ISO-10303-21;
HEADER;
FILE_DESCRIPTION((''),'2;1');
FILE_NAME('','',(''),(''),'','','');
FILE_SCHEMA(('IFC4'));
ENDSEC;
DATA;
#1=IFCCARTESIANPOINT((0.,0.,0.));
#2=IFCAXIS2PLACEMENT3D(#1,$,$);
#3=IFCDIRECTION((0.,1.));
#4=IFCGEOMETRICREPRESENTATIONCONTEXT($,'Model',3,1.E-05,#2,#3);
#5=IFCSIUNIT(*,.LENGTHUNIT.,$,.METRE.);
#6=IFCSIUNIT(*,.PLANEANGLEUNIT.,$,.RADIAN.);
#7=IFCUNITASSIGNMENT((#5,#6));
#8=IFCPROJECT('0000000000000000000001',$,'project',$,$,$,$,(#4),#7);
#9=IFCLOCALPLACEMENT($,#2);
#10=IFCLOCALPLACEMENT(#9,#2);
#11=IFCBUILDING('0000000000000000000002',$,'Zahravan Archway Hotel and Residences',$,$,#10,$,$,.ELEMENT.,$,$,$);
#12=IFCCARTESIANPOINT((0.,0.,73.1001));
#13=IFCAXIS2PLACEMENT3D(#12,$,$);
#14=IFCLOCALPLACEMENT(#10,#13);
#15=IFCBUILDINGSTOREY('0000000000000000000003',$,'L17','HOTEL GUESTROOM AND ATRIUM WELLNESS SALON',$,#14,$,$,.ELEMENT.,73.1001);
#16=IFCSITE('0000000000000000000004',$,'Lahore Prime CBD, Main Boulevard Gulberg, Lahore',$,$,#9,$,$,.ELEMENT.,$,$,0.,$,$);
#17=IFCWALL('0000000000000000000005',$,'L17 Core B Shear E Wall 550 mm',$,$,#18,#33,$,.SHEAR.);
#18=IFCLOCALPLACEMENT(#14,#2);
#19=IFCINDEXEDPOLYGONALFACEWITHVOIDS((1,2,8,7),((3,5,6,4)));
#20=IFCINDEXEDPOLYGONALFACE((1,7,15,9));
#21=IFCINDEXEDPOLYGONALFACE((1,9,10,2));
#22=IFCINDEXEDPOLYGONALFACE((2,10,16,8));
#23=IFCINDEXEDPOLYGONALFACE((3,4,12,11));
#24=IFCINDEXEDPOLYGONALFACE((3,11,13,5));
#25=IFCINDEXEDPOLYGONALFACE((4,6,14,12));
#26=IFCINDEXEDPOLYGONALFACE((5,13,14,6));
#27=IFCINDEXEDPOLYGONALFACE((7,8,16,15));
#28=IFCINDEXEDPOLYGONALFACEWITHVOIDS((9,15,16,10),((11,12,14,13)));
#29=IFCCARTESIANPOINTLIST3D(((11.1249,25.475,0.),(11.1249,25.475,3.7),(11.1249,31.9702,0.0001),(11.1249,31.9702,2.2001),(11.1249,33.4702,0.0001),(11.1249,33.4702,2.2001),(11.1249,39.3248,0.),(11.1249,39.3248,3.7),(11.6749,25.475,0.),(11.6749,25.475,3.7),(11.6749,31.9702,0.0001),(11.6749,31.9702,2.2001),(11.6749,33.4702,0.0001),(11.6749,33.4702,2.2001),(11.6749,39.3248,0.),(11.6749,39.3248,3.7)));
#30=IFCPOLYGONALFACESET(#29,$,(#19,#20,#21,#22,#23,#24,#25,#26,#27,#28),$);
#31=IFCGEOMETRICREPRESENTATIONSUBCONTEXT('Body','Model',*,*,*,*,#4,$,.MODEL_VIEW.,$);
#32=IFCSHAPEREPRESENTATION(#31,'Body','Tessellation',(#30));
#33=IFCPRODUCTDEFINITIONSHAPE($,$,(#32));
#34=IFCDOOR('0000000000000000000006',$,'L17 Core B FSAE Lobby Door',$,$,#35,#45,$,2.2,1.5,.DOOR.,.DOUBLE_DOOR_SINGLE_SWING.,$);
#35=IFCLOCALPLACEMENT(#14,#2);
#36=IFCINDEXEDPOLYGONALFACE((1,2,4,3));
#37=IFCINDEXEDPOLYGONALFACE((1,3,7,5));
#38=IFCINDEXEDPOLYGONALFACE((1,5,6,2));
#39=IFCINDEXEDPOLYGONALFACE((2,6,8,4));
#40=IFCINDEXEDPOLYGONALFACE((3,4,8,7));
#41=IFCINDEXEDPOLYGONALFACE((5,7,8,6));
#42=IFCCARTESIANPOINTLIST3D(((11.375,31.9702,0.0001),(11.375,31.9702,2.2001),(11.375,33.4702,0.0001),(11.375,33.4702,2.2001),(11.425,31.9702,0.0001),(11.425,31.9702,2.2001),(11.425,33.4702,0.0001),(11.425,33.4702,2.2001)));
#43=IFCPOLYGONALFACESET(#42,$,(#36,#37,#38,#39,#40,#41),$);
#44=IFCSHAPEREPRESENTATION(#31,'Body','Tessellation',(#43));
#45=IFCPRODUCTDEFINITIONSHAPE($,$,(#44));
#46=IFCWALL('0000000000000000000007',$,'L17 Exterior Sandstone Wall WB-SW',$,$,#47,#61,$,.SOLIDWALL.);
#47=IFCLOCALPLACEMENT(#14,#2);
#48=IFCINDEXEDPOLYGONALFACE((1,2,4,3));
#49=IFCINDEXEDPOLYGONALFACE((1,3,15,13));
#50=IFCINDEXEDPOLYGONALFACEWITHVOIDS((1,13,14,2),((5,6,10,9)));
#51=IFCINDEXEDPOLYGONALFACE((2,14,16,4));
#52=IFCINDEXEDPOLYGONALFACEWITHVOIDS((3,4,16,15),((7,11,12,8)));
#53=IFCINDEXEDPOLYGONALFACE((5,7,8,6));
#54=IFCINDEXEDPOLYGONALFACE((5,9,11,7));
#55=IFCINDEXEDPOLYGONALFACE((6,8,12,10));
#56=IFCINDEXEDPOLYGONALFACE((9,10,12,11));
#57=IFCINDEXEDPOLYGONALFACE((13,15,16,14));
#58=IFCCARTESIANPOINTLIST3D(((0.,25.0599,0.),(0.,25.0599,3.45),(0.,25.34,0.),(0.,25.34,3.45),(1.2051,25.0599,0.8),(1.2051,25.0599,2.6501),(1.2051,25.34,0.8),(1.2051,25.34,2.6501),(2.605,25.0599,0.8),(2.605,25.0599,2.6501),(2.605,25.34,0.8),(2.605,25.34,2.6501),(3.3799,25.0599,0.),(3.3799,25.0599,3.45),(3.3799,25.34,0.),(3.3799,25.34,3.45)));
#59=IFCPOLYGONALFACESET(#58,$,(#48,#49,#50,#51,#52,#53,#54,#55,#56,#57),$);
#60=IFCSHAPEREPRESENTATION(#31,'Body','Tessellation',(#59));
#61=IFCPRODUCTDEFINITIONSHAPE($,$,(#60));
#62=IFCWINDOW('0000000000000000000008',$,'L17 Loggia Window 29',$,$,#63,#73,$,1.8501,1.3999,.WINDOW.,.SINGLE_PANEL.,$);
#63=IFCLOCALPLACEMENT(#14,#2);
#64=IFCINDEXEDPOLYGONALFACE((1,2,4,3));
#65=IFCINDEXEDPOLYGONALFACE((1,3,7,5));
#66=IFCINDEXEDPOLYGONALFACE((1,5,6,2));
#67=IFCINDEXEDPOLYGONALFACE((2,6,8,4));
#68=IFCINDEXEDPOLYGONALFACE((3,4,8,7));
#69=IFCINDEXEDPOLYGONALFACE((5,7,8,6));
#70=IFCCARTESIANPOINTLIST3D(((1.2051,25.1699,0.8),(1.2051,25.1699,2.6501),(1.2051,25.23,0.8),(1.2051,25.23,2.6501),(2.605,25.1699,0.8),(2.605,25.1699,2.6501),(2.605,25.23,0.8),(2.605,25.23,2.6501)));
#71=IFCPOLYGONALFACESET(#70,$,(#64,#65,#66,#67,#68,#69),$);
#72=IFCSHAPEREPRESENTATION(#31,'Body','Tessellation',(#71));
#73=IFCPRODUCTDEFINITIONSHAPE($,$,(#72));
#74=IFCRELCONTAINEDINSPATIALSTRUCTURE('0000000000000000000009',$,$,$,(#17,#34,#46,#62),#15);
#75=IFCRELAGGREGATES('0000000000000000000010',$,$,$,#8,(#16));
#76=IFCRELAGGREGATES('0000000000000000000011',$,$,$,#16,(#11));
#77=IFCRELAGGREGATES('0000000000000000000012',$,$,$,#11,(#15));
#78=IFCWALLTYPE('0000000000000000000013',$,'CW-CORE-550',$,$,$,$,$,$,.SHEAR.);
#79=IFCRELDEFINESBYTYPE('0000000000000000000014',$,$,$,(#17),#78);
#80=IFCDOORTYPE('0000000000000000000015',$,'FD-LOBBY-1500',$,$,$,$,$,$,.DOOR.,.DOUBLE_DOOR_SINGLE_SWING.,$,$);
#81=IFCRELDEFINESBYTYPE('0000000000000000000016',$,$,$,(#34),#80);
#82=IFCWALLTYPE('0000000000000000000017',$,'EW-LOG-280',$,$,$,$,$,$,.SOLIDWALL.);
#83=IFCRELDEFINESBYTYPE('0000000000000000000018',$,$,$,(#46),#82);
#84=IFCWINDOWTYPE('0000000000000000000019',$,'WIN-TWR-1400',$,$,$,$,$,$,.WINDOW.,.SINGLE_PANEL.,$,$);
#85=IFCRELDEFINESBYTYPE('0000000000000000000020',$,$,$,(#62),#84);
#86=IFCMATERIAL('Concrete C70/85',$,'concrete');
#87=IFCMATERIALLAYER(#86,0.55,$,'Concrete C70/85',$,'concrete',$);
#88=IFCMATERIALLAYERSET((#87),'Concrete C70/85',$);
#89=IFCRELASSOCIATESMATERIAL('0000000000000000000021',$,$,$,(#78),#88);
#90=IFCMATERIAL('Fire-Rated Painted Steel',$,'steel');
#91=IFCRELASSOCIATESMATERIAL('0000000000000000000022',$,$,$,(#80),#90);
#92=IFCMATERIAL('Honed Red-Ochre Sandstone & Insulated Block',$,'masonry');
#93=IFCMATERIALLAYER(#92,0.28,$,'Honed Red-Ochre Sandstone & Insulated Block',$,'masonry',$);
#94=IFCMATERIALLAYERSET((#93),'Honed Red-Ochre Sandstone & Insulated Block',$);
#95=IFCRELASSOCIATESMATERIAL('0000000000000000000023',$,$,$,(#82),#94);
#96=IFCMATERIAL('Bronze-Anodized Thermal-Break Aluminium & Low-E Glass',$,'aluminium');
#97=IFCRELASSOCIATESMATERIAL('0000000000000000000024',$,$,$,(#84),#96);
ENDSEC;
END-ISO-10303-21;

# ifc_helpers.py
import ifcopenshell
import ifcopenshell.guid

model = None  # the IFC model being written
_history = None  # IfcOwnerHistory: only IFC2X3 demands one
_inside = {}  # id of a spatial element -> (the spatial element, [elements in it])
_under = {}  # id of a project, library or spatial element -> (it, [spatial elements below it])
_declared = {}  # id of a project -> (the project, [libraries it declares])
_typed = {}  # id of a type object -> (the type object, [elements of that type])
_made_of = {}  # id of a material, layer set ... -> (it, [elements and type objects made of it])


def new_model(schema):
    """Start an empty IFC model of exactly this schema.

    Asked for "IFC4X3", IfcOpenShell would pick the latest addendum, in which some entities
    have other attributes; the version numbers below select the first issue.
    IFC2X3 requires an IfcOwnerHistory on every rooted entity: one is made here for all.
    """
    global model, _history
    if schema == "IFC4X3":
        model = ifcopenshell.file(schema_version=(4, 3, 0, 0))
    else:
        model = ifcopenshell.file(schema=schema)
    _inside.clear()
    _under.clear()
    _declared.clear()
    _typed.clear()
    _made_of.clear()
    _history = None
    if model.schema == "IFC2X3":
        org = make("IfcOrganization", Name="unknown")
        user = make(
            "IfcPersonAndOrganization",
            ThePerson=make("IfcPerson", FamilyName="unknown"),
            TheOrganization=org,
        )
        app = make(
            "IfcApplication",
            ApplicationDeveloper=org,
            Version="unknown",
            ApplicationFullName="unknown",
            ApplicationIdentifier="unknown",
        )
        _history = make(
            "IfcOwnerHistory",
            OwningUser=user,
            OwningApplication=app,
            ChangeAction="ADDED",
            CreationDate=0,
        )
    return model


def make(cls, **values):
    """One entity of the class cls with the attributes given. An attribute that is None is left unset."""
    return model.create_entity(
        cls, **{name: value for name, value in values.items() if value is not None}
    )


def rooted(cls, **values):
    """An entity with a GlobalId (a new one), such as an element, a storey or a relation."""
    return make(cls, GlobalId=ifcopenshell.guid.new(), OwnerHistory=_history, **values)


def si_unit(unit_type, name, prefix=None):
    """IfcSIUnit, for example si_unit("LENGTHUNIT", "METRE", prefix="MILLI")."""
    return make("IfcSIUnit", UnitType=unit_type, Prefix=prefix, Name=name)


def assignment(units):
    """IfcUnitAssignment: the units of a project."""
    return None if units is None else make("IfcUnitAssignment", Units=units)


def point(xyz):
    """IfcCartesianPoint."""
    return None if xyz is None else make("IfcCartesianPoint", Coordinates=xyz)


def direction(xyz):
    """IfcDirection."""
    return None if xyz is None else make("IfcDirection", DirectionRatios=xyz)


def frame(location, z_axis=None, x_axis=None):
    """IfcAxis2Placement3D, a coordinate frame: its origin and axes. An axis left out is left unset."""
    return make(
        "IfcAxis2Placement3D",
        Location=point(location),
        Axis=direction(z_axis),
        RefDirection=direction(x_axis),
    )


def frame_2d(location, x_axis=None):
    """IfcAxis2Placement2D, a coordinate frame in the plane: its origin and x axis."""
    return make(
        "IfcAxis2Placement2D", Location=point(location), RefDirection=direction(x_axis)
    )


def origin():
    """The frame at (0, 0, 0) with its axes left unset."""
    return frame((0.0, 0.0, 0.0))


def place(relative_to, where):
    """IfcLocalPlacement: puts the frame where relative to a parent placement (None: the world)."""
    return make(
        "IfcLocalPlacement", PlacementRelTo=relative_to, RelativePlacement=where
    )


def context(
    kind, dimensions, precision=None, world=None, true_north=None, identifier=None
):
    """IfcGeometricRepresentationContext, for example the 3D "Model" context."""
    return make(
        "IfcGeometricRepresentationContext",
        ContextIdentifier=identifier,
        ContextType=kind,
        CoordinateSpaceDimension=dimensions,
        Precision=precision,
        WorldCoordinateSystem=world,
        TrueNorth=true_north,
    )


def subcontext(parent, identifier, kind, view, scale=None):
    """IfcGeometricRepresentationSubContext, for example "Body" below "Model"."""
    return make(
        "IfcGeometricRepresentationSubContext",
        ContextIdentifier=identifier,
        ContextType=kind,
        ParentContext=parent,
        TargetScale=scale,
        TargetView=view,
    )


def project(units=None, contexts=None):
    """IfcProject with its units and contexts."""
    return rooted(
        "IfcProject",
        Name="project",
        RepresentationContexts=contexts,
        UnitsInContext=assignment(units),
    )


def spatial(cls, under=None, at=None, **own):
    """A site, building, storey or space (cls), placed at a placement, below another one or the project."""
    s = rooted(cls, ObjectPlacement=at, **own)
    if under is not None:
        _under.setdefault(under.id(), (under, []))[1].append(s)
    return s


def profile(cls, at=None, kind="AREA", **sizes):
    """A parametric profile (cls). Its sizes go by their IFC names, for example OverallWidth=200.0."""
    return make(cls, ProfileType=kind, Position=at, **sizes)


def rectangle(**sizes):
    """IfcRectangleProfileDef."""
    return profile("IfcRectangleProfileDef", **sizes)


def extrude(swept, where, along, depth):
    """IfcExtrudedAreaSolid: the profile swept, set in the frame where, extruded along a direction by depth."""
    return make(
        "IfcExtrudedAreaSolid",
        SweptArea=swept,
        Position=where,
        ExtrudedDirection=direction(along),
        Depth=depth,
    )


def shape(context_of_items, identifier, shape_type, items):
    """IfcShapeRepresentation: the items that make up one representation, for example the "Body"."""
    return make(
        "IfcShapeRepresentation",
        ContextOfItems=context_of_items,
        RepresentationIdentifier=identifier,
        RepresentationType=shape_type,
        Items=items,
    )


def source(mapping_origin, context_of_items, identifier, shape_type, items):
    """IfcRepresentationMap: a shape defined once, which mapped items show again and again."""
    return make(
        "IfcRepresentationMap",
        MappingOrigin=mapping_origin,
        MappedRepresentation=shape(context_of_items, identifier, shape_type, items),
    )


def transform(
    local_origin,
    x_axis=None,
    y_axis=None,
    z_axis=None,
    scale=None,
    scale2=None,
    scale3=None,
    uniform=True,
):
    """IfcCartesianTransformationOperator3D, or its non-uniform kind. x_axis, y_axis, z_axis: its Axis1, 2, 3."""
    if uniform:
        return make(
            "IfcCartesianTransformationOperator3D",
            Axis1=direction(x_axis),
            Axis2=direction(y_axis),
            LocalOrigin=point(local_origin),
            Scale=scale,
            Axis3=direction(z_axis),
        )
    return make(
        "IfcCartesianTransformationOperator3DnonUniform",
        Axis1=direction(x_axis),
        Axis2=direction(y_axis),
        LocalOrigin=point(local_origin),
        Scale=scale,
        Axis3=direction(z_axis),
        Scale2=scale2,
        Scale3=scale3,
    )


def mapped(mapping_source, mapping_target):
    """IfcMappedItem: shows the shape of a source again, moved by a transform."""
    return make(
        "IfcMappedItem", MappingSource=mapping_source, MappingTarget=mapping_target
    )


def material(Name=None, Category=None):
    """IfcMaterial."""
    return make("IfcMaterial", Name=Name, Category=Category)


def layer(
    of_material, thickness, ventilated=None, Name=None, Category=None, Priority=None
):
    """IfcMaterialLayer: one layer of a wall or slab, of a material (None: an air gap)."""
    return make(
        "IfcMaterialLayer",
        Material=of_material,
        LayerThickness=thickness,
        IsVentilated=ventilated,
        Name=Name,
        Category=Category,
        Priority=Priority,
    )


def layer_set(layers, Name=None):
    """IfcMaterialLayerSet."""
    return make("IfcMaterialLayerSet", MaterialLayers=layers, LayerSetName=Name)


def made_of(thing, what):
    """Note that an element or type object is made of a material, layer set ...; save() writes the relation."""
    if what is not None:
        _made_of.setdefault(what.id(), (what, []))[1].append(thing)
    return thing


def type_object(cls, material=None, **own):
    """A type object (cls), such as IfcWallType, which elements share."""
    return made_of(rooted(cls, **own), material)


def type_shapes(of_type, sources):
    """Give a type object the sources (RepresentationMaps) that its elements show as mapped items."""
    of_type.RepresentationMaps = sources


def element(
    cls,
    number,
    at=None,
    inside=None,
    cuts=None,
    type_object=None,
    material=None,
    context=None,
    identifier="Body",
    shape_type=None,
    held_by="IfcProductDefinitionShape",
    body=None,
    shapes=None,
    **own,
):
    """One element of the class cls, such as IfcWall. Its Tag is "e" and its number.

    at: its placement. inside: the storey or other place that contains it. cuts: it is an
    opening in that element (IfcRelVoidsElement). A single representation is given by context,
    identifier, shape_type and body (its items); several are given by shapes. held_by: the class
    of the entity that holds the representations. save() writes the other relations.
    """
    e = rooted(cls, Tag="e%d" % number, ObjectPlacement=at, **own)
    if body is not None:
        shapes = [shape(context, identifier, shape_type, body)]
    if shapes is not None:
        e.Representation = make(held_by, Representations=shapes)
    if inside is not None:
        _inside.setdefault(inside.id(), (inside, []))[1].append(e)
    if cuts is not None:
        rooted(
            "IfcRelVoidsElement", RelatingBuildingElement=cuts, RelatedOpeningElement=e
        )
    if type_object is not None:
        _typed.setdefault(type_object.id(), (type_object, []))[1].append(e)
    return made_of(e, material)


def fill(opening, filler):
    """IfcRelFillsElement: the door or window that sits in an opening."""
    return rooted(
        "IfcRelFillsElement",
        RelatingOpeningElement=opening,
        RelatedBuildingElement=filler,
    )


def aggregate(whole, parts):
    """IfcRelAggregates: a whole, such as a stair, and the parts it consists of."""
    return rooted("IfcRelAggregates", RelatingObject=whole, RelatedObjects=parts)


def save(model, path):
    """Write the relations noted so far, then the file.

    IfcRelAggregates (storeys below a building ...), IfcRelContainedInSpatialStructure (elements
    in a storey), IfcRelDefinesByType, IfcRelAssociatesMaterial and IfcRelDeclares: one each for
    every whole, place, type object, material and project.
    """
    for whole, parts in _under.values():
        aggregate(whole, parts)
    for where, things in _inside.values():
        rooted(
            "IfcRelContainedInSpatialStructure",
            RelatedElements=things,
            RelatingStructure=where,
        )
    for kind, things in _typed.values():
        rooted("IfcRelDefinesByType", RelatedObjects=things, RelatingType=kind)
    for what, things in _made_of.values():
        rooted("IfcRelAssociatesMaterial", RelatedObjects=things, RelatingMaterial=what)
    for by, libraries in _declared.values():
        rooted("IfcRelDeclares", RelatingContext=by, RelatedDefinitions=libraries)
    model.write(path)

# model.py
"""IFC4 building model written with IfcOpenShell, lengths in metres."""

from ifc_helpers import new_model, si_unit, direction, frame, frame_2d, origin, place, context, subcontext, project, spatial, rectangle, extrude, source, transform, mapped, material, layer, layer_set, type_object, type_shapes, element, fill, save


model = new_model("IFC4")

# Units and contexts
model_context = context("Model", 3, precision=1e-05, world=origin(), true_north=direction((0.0, 1.0)))
body_context = subcontext(model_context, "Body", "Model", "MODEL_VIEW")
ifc_project = project(units=[si_unit("LENGTHUNIT", "METRE"), si_unit("PLANEANGLEUNIT", "RADIAN")], contexts=[model_context])

# Site, building, storey
site_placement = place(None, origin())
site = spatial("IfcSite", under=ifc_project, at=site_placement, Name="Lahore Prime CBD, Main Boulevard Gulberg, Lahore", CompositionType="ELEMENT", RefElevation=0.0)
building_placement = place(site_placement, origin())
building = spatial("IfcBuilding", under=site, at=building_placement, Name="Zahravan Archway Hotel and Residences", CompositionType="ELEMENT")
storey_placement = place(building_placement, frame((0.0, 0.0, 73.1001)))
storey = spatial("IfcBuildingStorey", under=building, at=storey_placement, Name="L17", Description="HOTEL GUESTROOM AND ATRIUM WELLNESS SALON", CompositionType="ELEMENT", Elevation=73.1001)

# Shared definitions
ifc_material_1 = material(Name="Concrete C70/85", Category="concrete")

# Shared definitions
ifc_layer_1 = layer(ifc_material_1, 0.55, Name="Concrete C70/85", Category="concrete")
ifc_layer_set_1 = layer_set([ifc_layer_1], Name="Concrete C70/85")
wall_type_1 = type_object("IfcWallType", Name="CW-CORE-550", PredefinedType="SHEAR", material=ifc_layer_set_1)

# Wall, opening, door
wall_1_placement = place(storey_placement, frame((11.3999, 25.4751, 0.0), z_axis=(0.0, 0.0, 1.0), x_axis=(0.0, 1.0, 0.0)))
wall_1 = element("IfcWall", 1, at=wall_1_placement, inside=storey, type_object=wall_type_1, Name="L17 Core B Shear E Wall 550 mm", PredefinedType="SHEAR", context=body_context, shape_type="SweptSolid", body=[
    extrude(rectangle(XDim=13.8499, YDim=0.55, at=frame_2d((6.9248, 0.0))), origin(), (0.0, 0.0, 1.0), 3.7),
])
opening_1_placement = place(wall_1_placement, frame((6.4951, 0.0, 0.0)))
opening_1 = element("IfcOpeningElement", 2, at=opening_1_placement, cuts=wall_1, PredefinedType="OPENING", context=body_context, shape_type="SweptSolid", body=[
    extrude(rectangle(XDim=1.5, YDim=2.2, at=frame_2d((0.75, 1.1001))), frame((0.0, 0.2852, 0.0), z_axis=(0.0, -1.0, 0.0), x_axis=(1.0, 0.0, 0.0)), (0.0, 0.0, 1.0), 0.5701),
])
ifc_material_2 = material(Name="Fire-Rated Painted Steel", Category="steel")
door_type_1 = type_object("IfcDoorType", Name="FD-LOBBY-1500", OperationType="DOUBLE_DOOR_SINGLE_SWING", PredefinedType="DOOR", material=ifc_material_2)
shared_shape_1 = source(origin(), body_context, "Body", "SweptSolid", [
    extrude(rectangle(XDim=1.5, YDim=2.2, at=frame_2d((0.75, 1.1001))), frame((0.0, 0.0249, 0.0), z_axis=(0.0, -1.0, 0.0), x_axis=(1.0, 0.0, 0.0)), (0.0, 0.0, 1.0), 0.05),
])
type_shapes(door_type_1, [shared_shape_1])
door_1_placement = place(opening_1_placement, origin())
door_1 = element("IfcDoor", 3, at=door_1_placement, inside=storey, type_object=door_type_1, Name="L17 Core B FSAE Lobby Door", OperationType="DOUBLE_DOOR_SINGLE_SWING", OverallHeight=2.2, OverallWidth=1.5, PredefinedType="DOOR", context=body_context, shape_type="MappedRepresentation", body=[
    mapped(shared_shape_1, transform((0.0, 0.0, 0.0), scale=1.0)),
])
fill(opening_1, door_1)

# Wall, opening, window
ifc_material_3 = material(Name="Honed Red-Ochre Sandstone & Insulated Block", Category="masonry")
ifc_layer_2 = layer(ifc_material_3, 0.28, Name="Honed Red-Ochre Sandstone & Insulated Block", Category="masonry")
ifc_layer_set_2 = layer_set([ifc_layer_2], Name="Honed Red-Ochre Sandstone & Insulated Block")
wall_type_2 = type_object("IfcWallType", Name="EW-LOG-280", PredefinedType="SOLIDWALL", material=ifc_layer_set_2)
wall_2_placement = place(storey_placement, frame((0.0, 25.2, 0.0), z_axis=(0.0, 0.0, 1.0), x_axis=(1.0, 0.0, 0.0)))
wall_2 = element("IfcWall", 4, at=wall_2_placement, inside=storey, type_object=wall_type_2, Name="L17 Exterior Sandstone Wall WB-SW", PredefinedType="SOLIDWALL", context=body_context, shape_type="SweptSolid", body=[
    extrude(rectangle(XDim=3.3799, YDim=0.28, at=frame_2d((1.6899, 0.0))), origin(), (0.0, 0.0, 1.0), 3.45),
])
opening_2_placement = place(wall_2_placement, frame((1.2051, 0.0, 0.8)))
opening_2 = element("IfcOpeningElement", 5, at=opening_2_placement, cuts=wall_2, PredefinedType="OPENING", context=body_context, shape_type="SweptSolid", body=[
    extrude(rectangle(XDim=1.3999, YDim=1.8501, at=frame_2d((0.7, 0.925))), frame((0.0, 0.1499, 0.0), z_axis=(0.0, -1.0, 0.0), x_axis=(1.0, 0.0, 0.0)), (0.0, 0.0, 1.0), 0.3),
])
ifc_material_4 = material(Name="Bronze-Anodized Thermal-Break Aluminium & Low-E Glass", Category="aluminium")
window_type_1 = type_object("IfcWindowType", Name="WIN-TWR-1400", PartitioningType="SINGLE_PANEL", PredefinedType="WINDOW", material=ifc_material_4)
shared_shape_2 = source(origin(), body_context, "Body", "SweptSolid", [
    extrude(rectangle(XDim=1.3999, YDim=1.8501, at=frame_2d((0.7, 0.925))), frame((0.0, 0.03, 0.0), z_axis=(0.0, -1.0, 0.0), x_axis=(1.0, 0.0, 0.0)), (0.0, 0.0, 1.0), 0.0601),
])
type_shapes(window_type_1, [shared_shape_2])
window_1_placement = place(opening_2_placement, origin())
window_1 = element("IfcWindow", 6, at=window_1_placement, inside=storey, type_object=window_type_1, Name="L17 Loggia Window 29", OverallHeight=1.8501, OverallWidth=1.3999, PartitioningType="SINGLE_PANEL", PredefinedType="WINDOW", context=body_context, shape_type="MappedRepresentation", body=[
    mapped(shared_shape_2, transform((0.0, 0.0, 0.0), scale=1.0)),
])
fill(opening_2, window_1)

save(model, "model.ifc")
